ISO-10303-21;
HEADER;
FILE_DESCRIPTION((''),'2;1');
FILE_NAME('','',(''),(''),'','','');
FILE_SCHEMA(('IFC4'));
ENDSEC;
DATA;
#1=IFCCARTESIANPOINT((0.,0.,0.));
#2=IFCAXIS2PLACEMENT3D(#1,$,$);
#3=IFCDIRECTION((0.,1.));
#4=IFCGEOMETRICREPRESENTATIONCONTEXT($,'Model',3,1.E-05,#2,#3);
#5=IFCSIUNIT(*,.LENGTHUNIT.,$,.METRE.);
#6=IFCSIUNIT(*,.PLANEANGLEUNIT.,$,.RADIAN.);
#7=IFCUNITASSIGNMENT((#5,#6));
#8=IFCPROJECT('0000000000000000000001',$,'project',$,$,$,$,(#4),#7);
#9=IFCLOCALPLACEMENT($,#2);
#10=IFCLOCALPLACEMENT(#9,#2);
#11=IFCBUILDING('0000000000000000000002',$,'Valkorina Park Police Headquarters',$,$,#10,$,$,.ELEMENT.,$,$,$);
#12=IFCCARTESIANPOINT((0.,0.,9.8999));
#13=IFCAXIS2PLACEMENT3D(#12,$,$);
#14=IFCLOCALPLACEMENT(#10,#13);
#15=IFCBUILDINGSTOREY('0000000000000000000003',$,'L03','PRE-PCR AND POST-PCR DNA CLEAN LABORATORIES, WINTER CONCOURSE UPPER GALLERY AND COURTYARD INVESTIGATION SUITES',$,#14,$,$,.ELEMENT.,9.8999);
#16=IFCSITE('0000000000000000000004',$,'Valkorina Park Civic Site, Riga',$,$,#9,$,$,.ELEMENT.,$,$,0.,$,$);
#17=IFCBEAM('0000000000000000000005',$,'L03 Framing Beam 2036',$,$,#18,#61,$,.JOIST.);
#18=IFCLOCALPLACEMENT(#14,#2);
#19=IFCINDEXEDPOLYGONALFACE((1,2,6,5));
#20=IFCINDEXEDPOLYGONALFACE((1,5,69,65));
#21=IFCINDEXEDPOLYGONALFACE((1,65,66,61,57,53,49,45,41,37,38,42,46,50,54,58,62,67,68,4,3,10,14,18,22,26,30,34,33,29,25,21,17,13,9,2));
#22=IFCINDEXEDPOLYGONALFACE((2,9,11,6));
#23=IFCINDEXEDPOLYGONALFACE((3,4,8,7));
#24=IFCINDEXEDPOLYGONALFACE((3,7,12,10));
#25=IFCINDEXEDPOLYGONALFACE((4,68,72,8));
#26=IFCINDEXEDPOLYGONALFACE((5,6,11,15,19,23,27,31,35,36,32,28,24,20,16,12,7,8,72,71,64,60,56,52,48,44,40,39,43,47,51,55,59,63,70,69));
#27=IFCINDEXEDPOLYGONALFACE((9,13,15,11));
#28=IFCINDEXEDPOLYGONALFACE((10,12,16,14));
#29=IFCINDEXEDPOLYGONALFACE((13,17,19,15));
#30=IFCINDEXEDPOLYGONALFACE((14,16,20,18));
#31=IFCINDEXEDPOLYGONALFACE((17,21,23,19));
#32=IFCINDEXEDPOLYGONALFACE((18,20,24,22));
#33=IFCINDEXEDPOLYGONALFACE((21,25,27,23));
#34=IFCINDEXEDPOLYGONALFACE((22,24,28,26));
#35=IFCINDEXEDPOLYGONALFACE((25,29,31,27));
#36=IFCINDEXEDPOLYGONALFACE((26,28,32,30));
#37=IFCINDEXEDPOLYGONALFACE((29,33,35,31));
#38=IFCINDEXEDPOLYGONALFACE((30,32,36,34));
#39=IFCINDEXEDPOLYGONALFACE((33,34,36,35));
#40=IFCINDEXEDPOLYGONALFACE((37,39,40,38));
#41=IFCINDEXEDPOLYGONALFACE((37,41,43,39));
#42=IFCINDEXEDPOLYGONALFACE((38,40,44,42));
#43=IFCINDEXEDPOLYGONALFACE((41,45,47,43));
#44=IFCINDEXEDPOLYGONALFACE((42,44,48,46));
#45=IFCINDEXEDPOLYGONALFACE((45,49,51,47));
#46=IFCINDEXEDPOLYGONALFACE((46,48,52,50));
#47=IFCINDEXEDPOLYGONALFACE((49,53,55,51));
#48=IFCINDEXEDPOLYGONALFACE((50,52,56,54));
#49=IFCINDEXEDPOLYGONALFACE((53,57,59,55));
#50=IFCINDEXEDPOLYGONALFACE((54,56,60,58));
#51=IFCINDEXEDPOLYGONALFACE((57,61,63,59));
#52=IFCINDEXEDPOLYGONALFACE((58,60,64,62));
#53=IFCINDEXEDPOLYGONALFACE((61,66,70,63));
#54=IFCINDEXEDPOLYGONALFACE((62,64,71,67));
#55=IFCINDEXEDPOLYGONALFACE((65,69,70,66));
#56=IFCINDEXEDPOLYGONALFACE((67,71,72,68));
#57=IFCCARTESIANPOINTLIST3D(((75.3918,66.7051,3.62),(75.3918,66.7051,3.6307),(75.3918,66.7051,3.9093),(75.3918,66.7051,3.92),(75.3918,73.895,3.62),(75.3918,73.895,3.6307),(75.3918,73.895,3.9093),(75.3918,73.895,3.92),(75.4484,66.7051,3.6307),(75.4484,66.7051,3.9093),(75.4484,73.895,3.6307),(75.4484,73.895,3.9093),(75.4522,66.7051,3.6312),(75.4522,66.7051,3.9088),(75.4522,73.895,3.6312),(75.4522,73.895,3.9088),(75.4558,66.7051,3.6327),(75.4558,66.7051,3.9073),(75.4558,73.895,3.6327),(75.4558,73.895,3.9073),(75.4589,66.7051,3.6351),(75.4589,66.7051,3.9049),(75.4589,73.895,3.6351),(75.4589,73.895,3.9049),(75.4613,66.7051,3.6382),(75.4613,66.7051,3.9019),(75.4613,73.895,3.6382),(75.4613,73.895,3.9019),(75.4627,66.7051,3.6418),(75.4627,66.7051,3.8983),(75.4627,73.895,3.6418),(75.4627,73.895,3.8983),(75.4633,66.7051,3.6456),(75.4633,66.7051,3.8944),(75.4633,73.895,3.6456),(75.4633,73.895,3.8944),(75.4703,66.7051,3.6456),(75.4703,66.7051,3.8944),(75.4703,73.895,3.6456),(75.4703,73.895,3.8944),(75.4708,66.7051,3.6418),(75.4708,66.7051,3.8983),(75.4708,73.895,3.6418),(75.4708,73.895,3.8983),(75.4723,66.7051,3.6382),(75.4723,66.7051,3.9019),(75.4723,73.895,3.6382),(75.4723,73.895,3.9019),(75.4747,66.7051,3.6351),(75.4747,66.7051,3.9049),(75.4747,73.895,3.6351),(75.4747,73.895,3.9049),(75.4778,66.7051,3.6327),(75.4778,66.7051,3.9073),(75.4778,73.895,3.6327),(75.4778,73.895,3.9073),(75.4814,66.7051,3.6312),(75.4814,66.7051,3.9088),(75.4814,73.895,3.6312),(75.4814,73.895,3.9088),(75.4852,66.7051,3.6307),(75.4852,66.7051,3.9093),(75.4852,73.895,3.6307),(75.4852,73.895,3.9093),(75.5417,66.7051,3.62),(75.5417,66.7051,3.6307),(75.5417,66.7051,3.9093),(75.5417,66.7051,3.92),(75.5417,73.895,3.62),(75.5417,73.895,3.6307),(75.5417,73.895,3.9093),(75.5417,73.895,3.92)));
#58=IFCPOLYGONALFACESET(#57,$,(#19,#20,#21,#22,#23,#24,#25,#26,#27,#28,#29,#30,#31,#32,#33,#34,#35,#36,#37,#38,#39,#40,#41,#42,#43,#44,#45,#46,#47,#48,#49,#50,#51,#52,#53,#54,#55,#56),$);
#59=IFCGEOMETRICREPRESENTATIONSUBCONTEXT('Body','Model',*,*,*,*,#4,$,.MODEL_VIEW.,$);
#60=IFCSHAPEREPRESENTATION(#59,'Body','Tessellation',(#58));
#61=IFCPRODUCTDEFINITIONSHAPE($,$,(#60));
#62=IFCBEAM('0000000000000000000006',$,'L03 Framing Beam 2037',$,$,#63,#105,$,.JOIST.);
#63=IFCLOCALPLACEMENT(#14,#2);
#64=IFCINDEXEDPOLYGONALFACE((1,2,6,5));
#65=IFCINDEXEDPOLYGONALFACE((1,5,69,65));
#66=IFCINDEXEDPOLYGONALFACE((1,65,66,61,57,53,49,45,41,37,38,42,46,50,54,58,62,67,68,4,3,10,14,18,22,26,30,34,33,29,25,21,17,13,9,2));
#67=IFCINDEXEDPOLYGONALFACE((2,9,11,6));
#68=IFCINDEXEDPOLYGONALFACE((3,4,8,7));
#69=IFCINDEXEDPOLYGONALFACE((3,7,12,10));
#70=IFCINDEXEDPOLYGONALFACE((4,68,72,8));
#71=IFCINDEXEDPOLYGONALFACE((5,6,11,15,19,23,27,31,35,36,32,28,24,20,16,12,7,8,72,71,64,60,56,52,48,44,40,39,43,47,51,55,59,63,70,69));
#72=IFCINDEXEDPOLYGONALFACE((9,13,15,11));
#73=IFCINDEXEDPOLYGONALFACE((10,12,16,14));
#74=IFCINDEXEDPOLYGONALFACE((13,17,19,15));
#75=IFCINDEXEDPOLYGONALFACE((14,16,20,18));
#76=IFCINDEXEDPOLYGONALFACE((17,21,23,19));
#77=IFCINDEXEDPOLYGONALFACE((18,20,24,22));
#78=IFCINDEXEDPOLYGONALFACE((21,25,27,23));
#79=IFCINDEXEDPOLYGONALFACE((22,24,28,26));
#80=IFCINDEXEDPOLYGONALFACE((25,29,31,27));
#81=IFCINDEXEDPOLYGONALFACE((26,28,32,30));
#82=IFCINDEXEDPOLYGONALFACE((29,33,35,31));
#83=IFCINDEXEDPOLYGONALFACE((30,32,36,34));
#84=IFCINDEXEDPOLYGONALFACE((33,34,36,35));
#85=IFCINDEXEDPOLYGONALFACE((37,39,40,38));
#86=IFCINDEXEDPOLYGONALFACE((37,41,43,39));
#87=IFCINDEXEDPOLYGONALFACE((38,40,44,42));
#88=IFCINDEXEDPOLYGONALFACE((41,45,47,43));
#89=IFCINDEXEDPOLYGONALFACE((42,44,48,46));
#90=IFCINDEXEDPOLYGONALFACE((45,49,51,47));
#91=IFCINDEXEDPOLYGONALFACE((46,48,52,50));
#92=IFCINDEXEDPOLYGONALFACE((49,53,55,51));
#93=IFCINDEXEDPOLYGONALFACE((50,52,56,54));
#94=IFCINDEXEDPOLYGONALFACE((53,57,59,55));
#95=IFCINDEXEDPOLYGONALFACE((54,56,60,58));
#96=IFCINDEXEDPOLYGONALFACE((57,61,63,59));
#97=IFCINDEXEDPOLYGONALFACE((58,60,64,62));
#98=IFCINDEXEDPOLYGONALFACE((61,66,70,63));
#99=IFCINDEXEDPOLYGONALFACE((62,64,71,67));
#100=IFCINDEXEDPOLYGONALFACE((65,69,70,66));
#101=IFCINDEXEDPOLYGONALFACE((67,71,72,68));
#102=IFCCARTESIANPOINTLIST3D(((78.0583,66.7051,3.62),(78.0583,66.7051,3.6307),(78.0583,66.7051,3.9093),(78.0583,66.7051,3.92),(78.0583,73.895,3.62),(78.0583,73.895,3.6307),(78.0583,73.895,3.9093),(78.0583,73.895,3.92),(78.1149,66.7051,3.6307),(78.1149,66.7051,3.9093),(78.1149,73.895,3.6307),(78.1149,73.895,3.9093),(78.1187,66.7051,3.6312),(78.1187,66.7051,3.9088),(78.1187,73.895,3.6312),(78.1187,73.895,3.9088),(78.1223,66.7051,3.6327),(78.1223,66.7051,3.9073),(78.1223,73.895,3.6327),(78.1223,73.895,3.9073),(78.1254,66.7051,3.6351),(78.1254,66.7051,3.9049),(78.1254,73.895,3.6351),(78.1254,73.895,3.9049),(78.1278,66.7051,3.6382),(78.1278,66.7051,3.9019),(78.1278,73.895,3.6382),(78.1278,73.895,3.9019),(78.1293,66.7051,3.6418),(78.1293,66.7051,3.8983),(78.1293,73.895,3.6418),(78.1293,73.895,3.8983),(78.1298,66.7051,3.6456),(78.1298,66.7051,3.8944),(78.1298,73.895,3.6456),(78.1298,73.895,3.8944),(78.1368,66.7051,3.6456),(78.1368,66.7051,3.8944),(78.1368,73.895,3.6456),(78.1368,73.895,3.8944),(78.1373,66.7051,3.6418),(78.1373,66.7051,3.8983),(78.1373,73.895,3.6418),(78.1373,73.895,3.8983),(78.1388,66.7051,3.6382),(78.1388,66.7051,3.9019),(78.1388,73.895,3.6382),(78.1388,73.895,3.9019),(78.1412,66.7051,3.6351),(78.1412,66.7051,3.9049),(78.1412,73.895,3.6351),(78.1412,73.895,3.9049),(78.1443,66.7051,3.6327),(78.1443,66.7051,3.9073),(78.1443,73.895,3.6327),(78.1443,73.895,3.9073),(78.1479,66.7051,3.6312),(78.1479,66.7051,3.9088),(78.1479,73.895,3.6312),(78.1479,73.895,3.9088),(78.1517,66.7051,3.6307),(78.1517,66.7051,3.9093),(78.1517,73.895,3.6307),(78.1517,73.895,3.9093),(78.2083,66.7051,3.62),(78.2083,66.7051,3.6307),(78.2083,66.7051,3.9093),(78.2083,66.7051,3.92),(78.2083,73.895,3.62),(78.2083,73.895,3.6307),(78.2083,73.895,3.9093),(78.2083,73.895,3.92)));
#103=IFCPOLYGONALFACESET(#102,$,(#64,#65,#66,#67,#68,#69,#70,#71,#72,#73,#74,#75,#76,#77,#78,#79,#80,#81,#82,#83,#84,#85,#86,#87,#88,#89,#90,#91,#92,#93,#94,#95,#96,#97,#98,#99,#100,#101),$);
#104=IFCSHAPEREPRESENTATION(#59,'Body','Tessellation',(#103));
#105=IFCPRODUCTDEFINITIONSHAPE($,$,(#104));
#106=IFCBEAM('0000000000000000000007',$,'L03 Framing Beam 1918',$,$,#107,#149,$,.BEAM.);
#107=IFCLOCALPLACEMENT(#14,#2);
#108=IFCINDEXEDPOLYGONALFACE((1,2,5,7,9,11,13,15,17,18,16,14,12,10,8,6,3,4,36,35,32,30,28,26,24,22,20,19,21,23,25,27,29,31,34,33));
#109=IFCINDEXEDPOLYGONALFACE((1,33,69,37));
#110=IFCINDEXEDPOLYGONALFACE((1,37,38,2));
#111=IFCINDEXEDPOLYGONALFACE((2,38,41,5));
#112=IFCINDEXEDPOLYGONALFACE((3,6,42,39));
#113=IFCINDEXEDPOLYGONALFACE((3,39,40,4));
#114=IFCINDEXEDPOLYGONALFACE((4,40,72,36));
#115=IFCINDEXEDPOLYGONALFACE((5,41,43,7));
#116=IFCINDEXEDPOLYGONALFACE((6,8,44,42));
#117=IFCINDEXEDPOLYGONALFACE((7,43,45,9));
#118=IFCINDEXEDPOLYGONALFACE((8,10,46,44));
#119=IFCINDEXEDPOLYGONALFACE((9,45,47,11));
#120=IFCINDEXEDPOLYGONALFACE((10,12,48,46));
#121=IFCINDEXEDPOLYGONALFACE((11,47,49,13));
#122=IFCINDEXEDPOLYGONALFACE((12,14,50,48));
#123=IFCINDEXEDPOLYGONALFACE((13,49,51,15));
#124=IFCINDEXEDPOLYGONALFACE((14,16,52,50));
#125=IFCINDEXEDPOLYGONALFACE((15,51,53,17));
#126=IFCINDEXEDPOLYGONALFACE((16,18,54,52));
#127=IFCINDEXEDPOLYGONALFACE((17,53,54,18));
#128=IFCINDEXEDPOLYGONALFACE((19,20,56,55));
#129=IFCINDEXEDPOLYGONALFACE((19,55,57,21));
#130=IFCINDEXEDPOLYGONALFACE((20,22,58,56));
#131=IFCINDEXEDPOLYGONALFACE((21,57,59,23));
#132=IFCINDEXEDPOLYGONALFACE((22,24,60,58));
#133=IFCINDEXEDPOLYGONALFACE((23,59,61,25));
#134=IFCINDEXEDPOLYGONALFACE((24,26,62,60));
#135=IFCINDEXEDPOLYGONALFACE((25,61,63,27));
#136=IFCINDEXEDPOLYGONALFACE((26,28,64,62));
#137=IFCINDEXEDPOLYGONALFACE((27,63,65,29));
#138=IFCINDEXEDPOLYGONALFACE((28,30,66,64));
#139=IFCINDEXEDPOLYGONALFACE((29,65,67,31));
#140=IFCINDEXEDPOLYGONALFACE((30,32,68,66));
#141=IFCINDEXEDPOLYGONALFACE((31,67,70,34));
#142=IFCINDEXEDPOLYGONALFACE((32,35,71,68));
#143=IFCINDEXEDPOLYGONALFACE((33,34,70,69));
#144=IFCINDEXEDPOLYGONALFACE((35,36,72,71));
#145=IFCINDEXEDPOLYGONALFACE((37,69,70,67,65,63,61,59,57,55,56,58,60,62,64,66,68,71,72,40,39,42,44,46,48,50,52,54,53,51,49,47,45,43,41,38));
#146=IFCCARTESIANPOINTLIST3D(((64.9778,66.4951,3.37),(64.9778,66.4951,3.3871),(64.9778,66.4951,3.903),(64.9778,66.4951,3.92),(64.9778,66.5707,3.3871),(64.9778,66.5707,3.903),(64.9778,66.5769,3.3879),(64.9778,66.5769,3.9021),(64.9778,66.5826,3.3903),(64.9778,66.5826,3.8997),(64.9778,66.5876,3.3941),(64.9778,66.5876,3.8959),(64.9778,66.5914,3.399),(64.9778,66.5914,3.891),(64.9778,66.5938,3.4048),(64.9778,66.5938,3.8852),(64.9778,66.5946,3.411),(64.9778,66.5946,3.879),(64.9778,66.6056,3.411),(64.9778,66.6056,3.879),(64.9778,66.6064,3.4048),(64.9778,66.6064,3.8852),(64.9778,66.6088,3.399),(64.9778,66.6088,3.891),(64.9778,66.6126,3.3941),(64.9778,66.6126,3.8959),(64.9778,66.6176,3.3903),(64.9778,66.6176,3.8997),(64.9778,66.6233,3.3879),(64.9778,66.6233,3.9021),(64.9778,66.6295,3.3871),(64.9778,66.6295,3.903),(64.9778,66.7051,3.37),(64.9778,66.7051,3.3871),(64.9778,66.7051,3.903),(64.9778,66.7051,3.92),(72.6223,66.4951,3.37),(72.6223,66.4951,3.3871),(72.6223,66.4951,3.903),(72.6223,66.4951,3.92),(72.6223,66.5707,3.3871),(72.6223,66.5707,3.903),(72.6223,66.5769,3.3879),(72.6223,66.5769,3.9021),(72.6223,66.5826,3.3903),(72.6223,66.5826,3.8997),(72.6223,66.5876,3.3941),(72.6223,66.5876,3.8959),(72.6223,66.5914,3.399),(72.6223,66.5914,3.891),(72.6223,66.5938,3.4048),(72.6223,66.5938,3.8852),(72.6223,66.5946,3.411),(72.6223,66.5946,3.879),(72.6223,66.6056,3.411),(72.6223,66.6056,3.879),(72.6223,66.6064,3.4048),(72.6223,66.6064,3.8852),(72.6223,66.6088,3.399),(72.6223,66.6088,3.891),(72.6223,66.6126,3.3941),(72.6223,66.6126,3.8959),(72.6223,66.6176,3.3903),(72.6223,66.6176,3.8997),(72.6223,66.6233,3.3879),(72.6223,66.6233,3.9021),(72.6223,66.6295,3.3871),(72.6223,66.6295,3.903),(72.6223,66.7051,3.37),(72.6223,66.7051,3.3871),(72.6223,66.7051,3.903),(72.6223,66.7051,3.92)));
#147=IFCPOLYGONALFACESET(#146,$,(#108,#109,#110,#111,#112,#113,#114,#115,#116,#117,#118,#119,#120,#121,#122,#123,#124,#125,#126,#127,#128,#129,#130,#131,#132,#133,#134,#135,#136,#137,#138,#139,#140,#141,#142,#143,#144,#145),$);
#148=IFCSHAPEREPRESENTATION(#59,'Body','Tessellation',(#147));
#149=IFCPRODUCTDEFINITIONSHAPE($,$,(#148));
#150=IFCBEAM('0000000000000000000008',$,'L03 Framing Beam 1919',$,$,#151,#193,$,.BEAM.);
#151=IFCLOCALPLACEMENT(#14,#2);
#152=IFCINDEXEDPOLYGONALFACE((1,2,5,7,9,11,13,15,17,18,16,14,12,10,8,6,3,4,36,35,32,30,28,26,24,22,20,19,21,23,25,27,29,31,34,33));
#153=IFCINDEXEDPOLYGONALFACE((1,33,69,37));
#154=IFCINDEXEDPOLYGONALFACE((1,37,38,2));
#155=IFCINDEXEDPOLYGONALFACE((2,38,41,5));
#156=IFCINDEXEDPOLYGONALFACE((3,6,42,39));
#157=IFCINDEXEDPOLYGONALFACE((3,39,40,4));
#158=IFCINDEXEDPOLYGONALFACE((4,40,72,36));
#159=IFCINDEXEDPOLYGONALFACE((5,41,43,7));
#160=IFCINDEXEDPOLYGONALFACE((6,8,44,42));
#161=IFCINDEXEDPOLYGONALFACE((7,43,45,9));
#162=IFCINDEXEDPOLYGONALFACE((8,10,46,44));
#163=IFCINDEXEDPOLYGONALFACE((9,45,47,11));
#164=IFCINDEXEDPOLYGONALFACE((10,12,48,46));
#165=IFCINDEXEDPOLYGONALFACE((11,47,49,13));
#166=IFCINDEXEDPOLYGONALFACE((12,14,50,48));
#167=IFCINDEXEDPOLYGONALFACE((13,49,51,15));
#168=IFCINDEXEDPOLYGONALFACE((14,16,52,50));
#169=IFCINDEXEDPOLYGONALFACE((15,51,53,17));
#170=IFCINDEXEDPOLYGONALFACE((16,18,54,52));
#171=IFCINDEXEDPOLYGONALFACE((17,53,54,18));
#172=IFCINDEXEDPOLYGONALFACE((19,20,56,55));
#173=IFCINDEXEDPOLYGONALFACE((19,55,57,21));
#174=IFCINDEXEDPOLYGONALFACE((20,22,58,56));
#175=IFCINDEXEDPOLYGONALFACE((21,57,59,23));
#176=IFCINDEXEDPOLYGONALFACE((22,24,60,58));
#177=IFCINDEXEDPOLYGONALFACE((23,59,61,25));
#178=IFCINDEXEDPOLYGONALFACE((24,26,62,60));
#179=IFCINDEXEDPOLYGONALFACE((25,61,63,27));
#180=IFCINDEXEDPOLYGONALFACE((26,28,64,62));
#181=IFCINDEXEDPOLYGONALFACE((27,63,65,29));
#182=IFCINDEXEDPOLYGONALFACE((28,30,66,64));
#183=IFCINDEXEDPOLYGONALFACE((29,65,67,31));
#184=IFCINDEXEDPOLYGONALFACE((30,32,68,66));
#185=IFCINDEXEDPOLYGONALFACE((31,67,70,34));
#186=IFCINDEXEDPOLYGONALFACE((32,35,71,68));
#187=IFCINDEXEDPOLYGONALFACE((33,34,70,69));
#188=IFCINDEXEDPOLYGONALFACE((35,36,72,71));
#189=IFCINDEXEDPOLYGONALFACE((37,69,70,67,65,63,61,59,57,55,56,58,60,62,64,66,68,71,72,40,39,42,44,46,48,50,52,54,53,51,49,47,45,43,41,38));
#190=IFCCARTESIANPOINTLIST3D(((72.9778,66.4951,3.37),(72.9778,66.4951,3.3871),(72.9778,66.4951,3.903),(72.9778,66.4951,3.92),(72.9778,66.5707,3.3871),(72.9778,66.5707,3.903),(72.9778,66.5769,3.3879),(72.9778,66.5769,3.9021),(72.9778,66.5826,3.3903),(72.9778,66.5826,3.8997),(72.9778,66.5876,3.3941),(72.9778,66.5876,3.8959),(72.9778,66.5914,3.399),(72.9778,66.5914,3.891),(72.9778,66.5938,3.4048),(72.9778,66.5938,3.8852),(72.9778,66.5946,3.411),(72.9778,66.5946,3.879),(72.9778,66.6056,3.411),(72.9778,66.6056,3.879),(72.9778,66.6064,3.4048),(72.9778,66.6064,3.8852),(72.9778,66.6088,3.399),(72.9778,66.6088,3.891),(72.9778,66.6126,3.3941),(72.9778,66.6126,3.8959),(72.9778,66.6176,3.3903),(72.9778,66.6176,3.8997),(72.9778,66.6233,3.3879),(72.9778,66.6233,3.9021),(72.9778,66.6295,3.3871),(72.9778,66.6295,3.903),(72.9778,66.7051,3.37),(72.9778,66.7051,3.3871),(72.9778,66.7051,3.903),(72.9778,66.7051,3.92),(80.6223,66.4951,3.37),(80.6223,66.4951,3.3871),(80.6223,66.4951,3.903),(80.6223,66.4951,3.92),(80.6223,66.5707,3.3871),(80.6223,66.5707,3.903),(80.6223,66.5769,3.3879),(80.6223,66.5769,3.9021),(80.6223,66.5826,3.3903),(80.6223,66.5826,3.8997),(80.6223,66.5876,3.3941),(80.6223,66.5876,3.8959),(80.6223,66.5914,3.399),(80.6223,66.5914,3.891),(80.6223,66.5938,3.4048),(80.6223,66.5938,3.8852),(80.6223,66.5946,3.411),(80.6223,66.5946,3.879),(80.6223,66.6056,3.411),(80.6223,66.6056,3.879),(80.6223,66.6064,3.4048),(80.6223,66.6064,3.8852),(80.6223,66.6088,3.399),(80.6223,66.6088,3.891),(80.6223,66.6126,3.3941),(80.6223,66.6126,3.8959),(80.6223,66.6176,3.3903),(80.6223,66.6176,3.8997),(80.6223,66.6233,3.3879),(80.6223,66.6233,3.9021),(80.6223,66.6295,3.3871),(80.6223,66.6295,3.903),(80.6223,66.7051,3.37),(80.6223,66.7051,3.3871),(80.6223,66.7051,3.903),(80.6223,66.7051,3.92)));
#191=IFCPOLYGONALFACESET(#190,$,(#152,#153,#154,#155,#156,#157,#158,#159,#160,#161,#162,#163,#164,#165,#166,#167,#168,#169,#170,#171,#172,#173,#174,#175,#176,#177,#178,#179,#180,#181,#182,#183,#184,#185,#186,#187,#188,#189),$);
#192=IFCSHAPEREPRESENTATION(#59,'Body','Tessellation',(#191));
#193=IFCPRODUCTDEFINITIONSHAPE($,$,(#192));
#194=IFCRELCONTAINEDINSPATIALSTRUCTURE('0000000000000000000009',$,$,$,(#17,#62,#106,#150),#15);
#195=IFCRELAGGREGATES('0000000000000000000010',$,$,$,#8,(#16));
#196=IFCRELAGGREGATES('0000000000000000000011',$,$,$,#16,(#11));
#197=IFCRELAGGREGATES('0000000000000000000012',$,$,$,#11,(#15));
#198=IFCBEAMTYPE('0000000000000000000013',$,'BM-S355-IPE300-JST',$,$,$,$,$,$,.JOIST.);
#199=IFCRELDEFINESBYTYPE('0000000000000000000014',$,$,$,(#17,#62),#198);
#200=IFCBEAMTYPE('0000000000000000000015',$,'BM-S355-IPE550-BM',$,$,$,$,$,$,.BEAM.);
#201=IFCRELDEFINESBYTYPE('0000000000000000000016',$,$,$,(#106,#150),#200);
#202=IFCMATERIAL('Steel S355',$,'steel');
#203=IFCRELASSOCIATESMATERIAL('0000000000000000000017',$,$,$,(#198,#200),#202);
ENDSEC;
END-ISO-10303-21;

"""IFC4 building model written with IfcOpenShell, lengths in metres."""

from ifc_helpers import new_model, si_unit, direction, frame, origin, origin_2d, place, context, subcontext, project, spatial, i_section, extrude, material, material_profile, profile_set, type_object, element, save


model = new_model("IFC4")

# Units and contexts
model_context = context("Model", 3, precision=1e-05, world=origin(), true_north=direction((0.0, 1.0)))
body_context = subcontext(model_context, "Body", "Model", "MODEL_VIEW")
ifc_project = project(units=[si_unit("LENGTHUNIT", "METRE"), si_unit("PLANEANGLEUNIT", "RADIAN")], contexts=[model_context])

# Site, building, storey
site_placement = place(None, origin())
site = spatial("IfcSite", under=ifc_project, at=site_placement, Name="Valkorina Park Civic Site, Riga", CompositionType="ELEMENT", RefElevation=0.0)
building_placement = place(site_placement, origin())
building = spatial("IfcBuilding", under=site, at=building_placement, Name="Valkorina Park Police Headquarters", CompositionType="ELEMENT")
storey_placement = place(building_placement, frame((0.0, 0.0, 9.8999)))
storey = spatial("IfcBuildingStorey", under=building, at=storey_placement, Name="L03", Description="PRE-PCR AND POST-PCR DNA CLEAN LABORATORIES, WINTER CONCOURSE UPPER GALLERY AND COURTYARD INVESTIGATION SUITES", CompositionType="ELEMENT", Elevation=9.8999)

# Shared definitions
ifc_material_1 = material(Name="Steel S355", Category="steel")

# Beams
ifc_material_profile_1 = material_profile(ifc_material_1, i_section(OverallWidth=0.1499, OverallDepth=0.3, WebThickness=0.0071, FlangeThickness=0.0107, FilletRadius=0.0149, at=origin_2d()), Name="IPE 300")
ifc_profile_set_1 = profile_set([ifc_material_profile_1], Name="Steel S355")
beam_type_1 = type_object("IfcBeamType", Name="BM-S355-IPE300-JST", PredefinedType="JOIST", material=ifc_profile_set_1)
for number, where, z_axis, x_axis, name in (
    (1, (75.4668, 66.7051, 3.77), (0.0, 1.0, 0.0), (-1.0, 0.0, 0.0), "L03 Framing Beam 2036"),
    (2, (78.1333, 66.7051, 3.77), (0.0, 1.0, 0.0), (-1.0, 0.0, 0.0), "L03 Framing Beam 2037"),
):
    element("IfcBeam", number, at=place(storey_placement, frame(where, z_axis=z_axis, x_axis=x_axis)), inside=storey, type_object=beam_type_1, Name=name, PredefinedType="JOIST", context=body_context, shape_type="SweptSolid", body=[
        extrude(i_section(OverallWidth=0.1499, OverallDepth=0.3, WebThickness=0.0071, FlangeThickness=0.0107, FilletRadius=0.0149, at=origin_2d()), origin(), (0.0, 0.0, 1.0), 7.1899),
    ])
ifc_material_profile_2 = material_profile(ifc_material_1, i_section(OverallWidth=0.21, OverallDepth=0.55, WebThickness=0.011, FlangeThickness=0.0171, FilletRadius=0.0239, at=origin_2d()), Name="IPE 550")
ifc_profile_set_2 = profile_set([ifc_material_profile_2], Name="Steel S355")
beam_type_2 = type_object("IfcBeamType", Name="BM-S355-IPE550-BM", PredefinedType="BEAM", material=ifc_profile_set_2)
for number, where, z_axis, x_axis, name in (
    (3, (64.9778, 66.6001, 3.645), (1.0, 0.0, 0.0), (0.0, 1.0, 0.0), "L03 Framing Beam 1918"),
    (4, (72.9778, 66.6001, 3.645), (1.0, 0.0, 0.0), (0.0, 1.0, 0.0), "L03 Framing Beam 1919"),
):
    element("IfcBeam", number, at=place(storey_placement, frame(where, z_axis=z_axis, x_axis=x_axis)), inside=storey, type_object=beam_type_2, Name=name, PredefinedType="BEAM", context=body_context, shape_type="SweptSolid", body=[
        extrude(i_section(OverallWidth=0.21, OverallDepth=0.55, WebThickness=0.011, FlangeThickness=0.0171, FilletRadius=0.0239, at=origin_2d()), origin(), (0.0, 0.0, 1.0), 7.6445),
    ])

save(model, "model.ifc")
